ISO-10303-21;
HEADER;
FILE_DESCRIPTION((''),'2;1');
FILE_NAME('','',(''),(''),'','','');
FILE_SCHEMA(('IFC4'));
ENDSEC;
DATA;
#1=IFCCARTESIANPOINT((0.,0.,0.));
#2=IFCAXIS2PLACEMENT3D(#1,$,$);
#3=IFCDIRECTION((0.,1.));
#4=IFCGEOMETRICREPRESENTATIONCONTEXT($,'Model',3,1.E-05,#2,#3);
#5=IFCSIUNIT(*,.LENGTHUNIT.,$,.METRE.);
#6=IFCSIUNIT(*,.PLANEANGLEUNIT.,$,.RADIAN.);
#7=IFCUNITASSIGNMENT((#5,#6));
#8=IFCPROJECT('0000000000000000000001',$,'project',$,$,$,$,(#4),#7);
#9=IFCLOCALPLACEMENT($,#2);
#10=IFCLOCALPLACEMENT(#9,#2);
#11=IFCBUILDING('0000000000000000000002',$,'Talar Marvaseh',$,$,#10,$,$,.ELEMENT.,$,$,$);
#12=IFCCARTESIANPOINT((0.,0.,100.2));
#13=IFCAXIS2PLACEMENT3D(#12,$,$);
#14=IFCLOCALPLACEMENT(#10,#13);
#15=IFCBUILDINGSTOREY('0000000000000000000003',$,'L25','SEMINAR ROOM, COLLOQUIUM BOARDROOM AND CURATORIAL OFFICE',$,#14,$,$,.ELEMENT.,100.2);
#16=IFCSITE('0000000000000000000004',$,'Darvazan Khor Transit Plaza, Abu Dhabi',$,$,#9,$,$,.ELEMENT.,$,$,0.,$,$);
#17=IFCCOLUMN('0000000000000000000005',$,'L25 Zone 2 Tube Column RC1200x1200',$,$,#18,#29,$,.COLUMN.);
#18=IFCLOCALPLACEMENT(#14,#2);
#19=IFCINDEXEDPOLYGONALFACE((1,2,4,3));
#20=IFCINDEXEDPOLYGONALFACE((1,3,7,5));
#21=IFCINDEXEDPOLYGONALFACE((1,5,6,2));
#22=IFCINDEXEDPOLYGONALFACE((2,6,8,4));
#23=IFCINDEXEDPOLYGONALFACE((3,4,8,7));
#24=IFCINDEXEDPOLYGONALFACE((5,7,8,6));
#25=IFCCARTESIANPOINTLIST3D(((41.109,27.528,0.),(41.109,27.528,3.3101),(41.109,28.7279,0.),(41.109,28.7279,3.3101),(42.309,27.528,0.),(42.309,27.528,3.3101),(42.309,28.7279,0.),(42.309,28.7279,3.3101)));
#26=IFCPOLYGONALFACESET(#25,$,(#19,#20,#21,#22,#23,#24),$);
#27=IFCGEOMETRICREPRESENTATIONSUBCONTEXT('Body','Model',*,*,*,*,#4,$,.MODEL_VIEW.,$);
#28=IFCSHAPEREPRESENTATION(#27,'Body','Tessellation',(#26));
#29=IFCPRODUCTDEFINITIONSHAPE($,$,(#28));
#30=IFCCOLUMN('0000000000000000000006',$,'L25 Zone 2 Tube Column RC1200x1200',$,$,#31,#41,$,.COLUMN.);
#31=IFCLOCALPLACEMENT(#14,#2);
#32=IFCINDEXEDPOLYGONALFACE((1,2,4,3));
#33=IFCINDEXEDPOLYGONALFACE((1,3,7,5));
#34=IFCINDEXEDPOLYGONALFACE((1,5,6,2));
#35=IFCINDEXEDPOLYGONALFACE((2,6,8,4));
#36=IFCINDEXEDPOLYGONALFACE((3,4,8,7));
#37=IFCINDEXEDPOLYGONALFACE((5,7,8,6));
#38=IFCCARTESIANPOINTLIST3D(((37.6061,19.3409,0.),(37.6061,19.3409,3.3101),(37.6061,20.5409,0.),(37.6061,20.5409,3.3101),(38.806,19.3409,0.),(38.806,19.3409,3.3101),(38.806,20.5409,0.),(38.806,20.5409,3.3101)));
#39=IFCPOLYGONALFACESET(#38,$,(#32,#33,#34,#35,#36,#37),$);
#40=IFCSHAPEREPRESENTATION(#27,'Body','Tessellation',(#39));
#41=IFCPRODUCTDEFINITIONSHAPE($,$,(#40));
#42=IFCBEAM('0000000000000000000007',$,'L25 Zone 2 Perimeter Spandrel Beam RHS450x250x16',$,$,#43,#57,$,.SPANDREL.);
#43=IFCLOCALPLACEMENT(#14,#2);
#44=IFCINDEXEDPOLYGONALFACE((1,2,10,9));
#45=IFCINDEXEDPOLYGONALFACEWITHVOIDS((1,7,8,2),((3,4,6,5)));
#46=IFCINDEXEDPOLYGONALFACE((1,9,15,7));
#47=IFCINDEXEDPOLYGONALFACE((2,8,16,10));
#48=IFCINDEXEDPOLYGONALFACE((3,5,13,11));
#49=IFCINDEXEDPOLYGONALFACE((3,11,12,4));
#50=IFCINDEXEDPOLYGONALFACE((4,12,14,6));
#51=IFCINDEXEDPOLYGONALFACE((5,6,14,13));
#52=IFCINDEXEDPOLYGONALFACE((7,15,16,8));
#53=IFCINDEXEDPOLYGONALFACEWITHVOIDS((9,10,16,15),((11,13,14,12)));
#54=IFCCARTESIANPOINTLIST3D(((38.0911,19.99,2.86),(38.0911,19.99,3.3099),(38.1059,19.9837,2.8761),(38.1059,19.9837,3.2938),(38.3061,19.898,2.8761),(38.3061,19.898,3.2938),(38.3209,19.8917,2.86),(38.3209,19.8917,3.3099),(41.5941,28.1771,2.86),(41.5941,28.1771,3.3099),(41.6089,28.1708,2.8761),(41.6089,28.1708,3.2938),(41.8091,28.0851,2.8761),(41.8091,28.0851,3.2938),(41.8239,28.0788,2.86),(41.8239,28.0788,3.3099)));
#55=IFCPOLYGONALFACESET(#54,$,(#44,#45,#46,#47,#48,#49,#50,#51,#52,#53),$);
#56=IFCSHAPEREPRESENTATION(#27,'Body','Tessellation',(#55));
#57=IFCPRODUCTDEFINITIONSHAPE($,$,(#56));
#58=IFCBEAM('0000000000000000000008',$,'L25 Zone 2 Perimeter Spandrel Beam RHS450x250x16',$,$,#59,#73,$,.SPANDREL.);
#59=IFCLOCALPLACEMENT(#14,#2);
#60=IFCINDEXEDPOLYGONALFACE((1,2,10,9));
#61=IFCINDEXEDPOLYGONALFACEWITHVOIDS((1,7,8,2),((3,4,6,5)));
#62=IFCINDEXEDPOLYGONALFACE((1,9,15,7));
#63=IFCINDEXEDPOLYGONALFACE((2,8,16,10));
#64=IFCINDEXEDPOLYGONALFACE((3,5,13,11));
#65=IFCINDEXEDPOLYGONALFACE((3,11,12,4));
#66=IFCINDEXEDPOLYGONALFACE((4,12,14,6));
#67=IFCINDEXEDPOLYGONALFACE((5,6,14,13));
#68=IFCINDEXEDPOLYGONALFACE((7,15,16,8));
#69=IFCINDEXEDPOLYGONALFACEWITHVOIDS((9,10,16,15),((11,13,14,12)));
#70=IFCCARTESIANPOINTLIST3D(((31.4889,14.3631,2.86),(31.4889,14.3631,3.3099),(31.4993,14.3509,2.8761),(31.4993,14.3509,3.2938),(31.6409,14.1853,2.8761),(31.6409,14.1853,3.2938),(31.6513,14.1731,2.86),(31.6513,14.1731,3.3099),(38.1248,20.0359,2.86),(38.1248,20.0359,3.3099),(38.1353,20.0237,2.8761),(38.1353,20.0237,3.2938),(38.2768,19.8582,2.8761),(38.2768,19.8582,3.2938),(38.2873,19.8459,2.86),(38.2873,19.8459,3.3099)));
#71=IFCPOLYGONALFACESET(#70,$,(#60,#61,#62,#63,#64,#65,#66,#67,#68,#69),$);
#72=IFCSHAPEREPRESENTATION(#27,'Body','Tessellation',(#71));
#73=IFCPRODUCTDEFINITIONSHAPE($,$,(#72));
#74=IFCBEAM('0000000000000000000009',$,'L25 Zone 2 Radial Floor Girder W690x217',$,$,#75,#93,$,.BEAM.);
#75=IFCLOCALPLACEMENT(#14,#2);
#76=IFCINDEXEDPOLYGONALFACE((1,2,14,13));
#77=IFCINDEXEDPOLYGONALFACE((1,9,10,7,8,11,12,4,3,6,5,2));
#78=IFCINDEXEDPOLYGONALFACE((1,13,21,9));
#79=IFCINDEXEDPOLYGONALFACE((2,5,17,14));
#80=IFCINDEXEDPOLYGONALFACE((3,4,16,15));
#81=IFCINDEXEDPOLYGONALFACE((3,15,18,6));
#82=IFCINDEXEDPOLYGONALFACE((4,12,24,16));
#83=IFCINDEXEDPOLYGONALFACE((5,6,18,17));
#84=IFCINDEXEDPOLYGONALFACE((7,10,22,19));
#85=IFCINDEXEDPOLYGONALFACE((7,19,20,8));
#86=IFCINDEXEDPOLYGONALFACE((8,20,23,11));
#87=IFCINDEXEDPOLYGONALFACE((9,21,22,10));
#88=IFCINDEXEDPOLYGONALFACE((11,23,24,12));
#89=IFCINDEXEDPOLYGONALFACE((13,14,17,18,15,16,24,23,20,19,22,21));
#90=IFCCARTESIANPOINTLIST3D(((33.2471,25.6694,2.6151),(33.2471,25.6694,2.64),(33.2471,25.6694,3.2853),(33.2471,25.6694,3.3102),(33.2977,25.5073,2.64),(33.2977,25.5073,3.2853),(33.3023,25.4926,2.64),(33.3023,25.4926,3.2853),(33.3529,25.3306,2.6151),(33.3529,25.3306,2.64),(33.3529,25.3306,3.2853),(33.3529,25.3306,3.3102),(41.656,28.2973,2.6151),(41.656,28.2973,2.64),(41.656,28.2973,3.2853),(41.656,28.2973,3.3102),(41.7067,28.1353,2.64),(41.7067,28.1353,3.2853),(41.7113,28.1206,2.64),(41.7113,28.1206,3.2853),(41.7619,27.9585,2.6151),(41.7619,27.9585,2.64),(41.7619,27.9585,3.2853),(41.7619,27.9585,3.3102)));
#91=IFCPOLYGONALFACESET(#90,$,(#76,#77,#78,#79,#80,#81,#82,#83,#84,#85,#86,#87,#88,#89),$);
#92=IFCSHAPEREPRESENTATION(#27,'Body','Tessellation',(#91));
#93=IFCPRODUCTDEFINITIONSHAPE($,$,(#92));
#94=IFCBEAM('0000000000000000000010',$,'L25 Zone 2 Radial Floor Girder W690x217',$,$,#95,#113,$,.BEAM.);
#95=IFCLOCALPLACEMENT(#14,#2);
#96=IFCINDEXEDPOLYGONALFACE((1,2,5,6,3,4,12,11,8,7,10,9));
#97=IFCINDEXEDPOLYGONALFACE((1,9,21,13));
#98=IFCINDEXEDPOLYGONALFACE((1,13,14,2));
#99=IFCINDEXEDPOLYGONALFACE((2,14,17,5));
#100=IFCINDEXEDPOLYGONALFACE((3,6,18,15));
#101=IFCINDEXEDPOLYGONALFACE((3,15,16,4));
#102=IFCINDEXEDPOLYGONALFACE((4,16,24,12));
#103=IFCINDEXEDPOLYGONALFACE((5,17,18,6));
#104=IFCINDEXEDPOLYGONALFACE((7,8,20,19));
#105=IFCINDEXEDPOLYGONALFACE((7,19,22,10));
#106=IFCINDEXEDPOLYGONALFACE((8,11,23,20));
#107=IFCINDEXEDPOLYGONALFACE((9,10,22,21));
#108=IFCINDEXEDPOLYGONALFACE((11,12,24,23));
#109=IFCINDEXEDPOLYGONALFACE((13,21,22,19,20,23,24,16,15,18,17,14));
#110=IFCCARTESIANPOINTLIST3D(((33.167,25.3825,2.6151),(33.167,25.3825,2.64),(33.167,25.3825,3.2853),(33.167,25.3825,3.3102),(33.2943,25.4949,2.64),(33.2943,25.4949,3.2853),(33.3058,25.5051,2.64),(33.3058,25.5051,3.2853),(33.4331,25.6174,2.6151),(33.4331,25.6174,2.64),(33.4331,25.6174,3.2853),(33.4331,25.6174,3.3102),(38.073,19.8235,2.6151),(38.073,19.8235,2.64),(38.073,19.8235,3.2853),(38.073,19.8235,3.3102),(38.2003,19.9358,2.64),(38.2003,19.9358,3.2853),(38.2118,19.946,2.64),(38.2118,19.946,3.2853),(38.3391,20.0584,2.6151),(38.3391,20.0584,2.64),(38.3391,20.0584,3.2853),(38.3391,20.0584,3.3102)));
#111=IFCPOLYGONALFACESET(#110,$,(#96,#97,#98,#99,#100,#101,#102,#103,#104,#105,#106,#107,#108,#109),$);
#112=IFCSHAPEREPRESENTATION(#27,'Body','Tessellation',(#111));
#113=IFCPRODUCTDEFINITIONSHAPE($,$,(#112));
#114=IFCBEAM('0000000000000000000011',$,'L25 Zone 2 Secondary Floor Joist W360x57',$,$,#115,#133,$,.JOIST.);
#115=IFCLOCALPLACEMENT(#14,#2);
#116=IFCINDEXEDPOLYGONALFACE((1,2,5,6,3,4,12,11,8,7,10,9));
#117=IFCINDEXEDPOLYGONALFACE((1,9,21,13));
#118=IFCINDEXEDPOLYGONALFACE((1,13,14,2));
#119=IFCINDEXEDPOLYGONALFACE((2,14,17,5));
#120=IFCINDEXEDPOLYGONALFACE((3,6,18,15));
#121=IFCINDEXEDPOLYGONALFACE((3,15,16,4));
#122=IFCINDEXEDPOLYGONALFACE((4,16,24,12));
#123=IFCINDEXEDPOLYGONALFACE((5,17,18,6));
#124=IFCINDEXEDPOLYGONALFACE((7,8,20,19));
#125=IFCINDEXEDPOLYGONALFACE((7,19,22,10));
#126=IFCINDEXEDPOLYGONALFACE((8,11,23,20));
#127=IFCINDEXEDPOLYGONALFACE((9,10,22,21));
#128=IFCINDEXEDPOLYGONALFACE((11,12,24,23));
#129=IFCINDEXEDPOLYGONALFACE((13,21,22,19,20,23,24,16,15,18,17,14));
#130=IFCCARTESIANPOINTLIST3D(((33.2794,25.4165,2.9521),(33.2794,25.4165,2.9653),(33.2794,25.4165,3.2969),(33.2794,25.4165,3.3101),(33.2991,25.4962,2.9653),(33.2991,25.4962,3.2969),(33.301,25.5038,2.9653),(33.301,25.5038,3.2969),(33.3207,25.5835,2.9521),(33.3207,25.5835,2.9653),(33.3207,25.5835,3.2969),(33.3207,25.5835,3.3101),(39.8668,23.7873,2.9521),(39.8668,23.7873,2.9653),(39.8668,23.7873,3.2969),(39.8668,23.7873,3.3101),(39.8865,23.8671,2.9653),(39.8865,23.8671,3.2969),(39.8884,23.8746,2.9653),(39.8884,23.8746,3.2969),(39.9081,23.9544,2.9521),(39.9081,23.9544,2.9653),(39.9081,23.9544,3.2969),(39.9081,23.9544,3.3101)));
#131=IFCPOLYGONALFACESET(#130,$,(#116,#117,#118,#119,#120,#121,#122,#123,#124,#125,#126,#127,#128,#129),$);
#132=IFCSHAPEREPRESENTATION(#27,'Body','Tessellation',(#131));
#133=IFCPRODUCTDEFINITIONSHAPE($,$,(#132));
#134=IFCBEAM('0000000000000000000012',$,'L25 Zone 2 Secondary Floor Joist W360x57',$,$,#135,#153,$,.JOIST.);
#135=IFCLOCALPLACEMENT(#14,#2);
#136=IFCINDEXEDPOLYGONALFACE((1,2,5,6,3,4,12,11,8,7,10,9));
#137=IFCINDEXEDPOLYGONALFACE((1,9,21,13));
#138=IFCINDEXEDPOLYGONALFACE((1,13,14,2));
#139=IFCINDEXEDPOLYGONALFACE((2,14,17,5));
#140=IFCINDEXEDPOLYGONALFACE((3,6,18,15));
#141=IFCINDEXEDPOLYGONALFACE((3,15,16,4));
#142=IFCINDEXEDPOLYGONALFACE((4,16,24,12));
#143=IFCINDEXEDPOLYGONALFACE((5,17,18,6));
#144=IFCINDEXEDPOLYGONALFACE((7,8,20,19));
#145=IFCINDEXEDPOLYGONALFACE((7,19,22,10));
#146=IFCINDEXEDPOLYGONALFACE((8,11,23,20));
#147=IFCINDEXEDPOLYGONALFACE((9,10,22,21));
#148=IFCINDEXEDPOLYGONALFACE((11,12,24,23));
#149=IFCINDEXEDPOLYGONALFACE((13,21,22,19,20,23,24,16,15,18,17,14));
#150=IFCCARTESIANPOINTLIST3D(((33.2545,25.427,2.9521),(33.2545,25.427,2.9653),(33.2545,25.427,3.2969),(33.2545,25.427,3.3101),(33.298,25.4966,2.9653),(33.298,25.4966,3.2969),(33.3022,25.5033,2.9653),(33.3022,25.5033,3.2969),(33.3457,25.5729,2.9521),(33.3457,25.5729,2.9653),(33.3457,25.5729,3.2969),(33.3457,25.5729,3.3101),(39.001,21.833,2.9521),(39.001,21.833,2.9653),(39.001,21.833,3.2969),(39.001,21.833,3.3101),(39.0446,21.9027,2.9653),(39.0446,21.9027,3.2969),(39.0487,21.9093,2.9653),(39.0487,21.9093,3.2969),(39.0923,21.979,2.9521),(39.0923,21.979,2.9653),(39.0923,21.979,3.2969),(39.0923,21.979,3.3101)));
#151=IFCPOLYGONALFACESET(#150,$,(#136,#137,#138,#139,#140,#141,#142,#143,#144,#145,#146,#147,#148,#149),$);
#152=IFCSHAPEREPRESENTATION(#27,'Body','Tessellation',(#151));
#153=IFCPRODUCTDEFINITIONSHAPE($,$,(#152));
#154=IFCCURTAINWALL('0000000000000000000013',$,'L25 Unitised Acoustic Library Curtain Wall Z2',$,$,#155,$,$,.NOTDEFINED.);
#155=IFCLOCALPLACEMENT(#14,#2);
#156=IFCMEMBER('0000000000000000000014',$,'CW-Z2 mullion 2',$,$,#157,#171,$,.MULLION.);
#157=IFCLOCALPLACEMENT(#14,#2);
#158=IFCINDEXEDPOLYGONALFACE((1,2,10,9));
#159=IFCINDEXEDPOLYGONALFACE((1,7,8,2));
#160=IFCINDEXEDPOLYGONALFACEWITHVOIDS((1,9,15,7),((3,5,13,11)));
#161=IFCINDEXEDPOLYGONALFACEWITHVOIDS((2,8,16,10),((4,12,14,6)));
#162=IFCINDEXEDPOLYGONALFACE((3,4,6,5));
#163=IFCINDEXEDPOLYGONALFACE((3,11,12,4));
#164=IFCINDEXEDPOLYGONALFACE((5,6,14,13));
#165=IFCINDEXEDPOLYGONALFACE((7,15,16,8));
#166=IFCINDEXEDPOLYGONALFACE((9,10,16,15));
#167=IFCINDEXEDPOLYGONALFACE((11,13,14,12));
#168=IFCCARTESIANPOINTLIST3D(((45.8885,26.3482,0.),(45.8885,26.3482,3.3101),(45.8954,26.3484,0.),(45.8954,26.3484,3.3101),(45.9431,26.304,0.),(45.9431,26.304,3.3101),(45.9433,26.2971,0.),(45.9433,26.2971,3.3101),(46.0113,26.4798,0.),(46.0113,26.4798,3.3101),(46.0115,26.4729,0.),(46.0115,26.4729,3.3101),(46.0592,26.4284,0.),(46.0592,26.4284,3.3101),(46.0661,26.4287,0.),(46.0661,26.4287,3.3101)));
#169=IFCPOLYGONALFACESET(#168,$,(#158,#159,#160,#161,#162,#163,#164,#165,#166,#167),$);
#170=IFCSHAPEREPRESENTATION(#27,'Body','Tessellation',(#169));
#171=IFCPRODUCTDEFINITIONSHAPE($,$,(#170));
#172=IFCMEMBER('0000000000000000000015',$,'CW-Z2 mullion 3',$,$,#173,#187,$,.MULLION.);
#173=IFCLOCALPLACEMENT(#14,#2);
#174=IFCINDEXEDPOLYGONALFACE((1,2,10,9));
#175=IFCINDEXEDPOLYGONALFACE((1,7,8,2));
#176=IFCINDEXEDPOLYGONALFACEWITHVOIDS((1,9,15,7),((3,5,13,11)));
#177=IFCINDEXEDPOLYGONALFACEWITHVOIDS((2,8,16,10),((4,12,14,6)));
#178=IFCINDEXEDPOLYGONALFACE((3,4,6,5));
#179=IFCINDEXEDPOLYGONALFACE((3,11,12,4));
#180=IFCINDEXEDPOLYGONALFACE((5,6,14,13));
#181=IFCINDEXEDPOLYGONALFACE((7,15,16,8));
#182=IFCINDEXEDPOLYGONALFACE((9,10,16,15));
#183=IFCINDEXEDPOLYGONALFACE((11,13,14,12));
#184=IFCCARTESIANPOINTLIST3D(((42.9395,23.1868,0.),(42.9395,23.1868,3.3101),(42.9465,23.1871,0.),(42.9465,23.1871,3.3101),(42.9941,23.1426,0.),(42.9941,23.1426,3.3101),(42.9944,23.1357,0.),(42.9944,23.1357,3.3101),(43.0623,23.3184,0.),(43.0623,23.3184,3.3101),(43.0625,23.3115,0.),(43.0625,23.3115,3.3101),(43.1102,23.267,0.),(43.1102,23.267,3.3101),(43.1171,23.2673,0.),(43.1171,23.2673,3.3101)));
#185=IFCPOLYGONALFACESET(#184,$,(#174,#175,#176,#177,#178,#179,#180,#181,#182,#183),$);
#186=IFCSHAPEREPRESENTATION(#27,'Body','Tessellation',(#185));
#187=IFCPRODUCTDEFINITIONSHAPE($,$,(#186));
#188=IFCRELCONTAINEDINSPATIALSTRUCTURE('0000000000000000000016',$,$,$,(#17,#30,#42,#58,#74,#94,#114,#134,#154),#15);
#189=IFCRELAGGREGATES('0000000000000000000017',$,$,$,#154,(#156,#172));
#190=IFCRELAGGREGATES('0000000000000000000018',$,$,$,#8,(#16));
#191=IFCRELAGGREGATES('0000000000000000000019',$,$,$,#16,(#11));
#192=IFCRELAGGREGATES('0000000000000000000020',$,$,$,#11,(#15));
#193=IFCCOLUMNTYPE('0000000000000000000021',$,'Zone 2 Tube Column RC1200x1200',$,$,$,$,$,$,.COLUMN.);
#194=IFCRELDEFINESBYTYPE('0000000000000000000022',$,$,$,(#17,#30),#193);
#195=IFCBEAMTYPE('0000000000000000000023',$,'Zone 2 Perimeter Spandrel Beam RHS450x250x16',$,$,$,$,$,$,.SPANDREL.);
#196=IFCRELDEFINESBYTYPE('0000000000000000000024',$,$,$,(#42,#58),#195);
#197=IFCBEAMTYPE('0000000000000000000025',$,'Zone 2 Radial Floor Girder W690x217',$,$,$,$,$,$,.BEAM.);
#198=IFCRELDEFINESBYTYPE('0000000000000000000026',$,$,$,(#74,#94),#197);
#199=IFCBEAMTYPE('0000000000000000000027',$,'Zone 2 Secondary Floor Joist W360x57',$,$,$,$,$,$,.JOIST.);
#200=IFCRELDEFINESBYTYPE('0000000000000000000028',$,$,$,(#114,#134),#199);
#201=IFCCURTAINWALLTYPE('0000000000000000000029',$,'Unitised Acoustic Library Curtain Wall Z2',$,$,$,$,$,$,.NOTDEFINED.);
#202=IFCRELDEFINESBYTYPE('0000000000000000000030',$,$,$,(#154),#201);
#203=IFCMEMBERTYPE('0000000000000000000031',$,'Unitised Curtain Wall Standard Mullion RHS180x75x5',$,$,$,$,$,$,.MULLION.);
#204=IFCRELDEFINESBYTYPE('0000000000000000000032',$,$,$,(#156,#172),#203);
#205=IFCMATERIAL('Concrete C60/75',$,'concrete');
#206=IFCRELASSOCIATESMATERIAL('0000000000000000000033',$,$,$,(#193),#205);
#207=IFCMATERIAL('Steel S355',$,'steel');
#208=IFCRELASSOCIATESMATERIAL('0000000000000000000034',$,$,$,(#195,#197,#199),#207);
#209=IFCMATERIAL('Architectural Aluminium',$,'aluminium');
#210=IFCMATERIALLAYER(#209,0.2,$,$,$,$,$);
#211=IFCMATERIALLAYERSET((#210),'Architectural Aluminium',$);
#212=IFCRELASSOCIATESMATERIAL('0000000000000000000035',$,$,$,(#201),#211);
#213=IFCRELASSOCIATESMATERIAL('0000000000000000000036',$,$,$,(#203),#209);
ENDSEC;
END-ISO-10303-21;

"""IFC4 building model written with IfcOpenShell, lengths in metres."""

from ifc_helpers import new_model, si_unit, direction, frame, origin, origin_2d, place, context, subcontext, project, spatial, rectangle, hollow_rectangle, i_section, extrude, source, transform, mapped, material, layer, layer_set, material_profile, profile_set, type_object, type_shapes, element, aggregate, save


model = new_model("IFC4")

# Units and contexts
model_context = context("Model", 3, precision=1e-05, world=origin(), true_north=direction((0.0, 1.0)))
body_context = subcontext(model_context, "Body", "Model", "MODEL_VIEW")
ifc_project = project(units=[si_unit("LENGTHUNIT", "METRE"), si_unit("PLANEANGLEUNIT", "RADIAN")], contexts=[model_context])

# Site, building, storey
site_placement = place(None, origin())
site = spatial("IfcSite", under=ifc_project, at=site_placement, Name="Darvazan Khor Transit Plaza, Abu Dhabi", CompositionType="ELEMENT", RefElevation=0.0)
building_placement = place(site_placement, origin())
building = spatial("IfcBuilding", under=site, at=building_placement, Name="Talar Marvaseh", CompositionType="ELEMENT")
storey_placement = place(building_placement, frame((0.0, 0.0, 100.2)))
storey = spatial("IfcBuildingStorey", under=building, at=storey_placement, Name="L25", Description="SEMINAR ROOM, COLLOQUIUM BOARDROOM AND CURATORIAL OFFICE", CompositionType="ELEMENT", Elevation=100.2)

# Columns
ifc_material_1 = material(Name="Concrete C60/75", Category="concrete")
ifc_material_profile_1 = material_profile(ifc_material_1, rectangle(XDim=1.2, YDim=1.2, at=origin_2d()), Name="RC1200x1200")
ifc_profile_set_1 = profile_set([ifc_material_profile_1], Name="Concrete C60/75")
column_type = type_object("IfcColumnType", Name="Zone 2 Tube Column RC1200x1200", PredefinedType="COLUMN", material=ifc_profile_set_1)
for number, where, z_axis, x_axis, name in (
    (1, (41.709, 28.1279, 0.0), (0.0, 0.0, 1.0), (1.0, 0.0, 0.0), "L25 Zone 2 Tube Column RC1200x1200"),
    (2, (38.2061, 19.9409, 0.0), (0.0, 0.0, 1.0), (1.0, 0.0, 0.0), "L25 Zone 2 Tube Column RC1200x1200"),
):
    element("IfcColumn", number, at=place(storey_placement, frame(where, z_axis=z_axis, x_axis=x_axis)), inside=storey, type_object=column_type, Name=name, PredefinedType="COLUMN", context=body_context, shape_type="SweptSolid", body=[
        extrude(rectangle(XDim=1.2, YDim=1.2, at=origin_2d()), origin(), (0.0, 0.0, 1.0), 3.3101),
    ])

# Beams
ifc_material_2 = material(Name="Steel S355", Category="steel")
ifc_material_profile_2 = material_profile(ifc_material_2, hollow_rectangle(XDim=0.25, YDim=0.45, WallThickness=0.0161, at=origin_2d()), Name="RHS450x250x16")
ifc_profile_set_2 = profile_set([ifc_material_profile_2], Name="Steel S355")
beam_type_1 = type_object("IfcBeamType", Name="Zone 2 Perimeter Spandrel Beam RHS450x250x16", PredefinedType="SPANDREL", material=ifc_profile_set_2)
beam_1_placement = place(storey_placement, frame((41.709, 28.1279, 3.085), z_axis=(-0.39337, -0.91938, 0.0), x_axis=(0.91938, -0.39337, 0.0)))
element("IfcBeam", 3, at=beam_1_placement, inside=storey, type_object=beam_type_1, Name="L25 Zone 2 Perimeter Spandrel Beam RHS450x250x16", PredefinedType="SPANDREL", context=body_context, shape_type="SweptSolid", body=[
    extrude(hollow_rectangle(XDim=0.25, YDim=0.45, WallThickness=0.0161, at=origin_2d()), origin(), (0.0, 0.0, 1.0), 8.905),
])
beam_2_placement = place(storey_placement, frame((38.2061, 19.9409, 3.085), z_axis=(-0.760113, -0.649791, 0.0), x_axis=(0.649791, -0.760113, 0.0)))
element("IfcBeam", 4, at=beam_2_placement, inside=storey, type_object=beam_type_1, Name="L25 Zone 2 Perimeter Spandrel Beam RHS450x250x16", PredefinedType="SPANDREL", context=body_context, shape_type="SweptSolid", body=[
    extrude(hollow_rectangle(XDim=0.25, YDim=0.45, WallThickness=0.0161, at=origin_2d()), origin(), (0.0, 0.0, 1.0), 8.7302),
])
ifc_material_profile_3 = material_profile(ifc_material_2, i_section(OverallWidth=0.355, OverallDepth=0.6951, WebThickness=0.0154, FlangeThickness=0.0249, at=origin_2d()), Name="W690x217")
ifc_profile_set_3 = profile_set([ifc_material_profile_3], Name="Steel S355")
beam_type_2 = type_object("IfcBeamType", Name="Zone 2 Radial Floor Girder W690x217", PredefinedType="BEAM", material=ifc_profile_set_3)
beam_3_placement = place(storey_placement, frame((41.709, 28.1279, 2.9626), z_axis=(-0.954476, -0.298289, 0.0), x_axis=(0.298289, -0.954476, 0.0)))
element("IfcBeam", 5, at=beam_3_placement, inside=storey, type_object=beam_type_2, Name="L25 Zone 2 Radial Floor Girder W690x217", PredefinedType="BEAM", context=body_context, shape_type="SweptSolid", body=[
    extrude(i_section(OverallWidth=0.355, OverallDepth=0.6951, WebThickness=0.0154, FlangeThickness=0.0249, at=origin_2d()), origin(), (0.0, 0.0, 1.0), 8.8101),
])
beam_4_placement = place(storey_placement, frame((38.2061, 19.9409, 2.9626), z_axis=(-0.661692, 0.749775, 0.0), x_axis=(-0.749775, -0.661692, 0.0)))
element("IfcBeam", 6, at=beam_4_placement, inside=storey, type_object=beam_type_2, Name="L25 Zone 2 Radial Floor Girder W690x217", PredefinedType="BEAM", context=body_context, shape_type="SweptSolid", body=[
    extrude(i_section(OverallWidth=0.355, OverallDepth=0.6951, WebThickness=0.0154, FlangeThickness=0.0249, at=origin_2d()), origin(), (0.0, 0.0, 1.0), 7.4143),
])
ifc_material_profile_4 = material_profile(ifc_material_2, i_section(OverallWidth=0.1721, OverallDepth=0.3579, WebThickness=0.0078, FlangeThickness=0.0132, at=origin_2d()), Name="W360x57")
ifc_profile_set_4 = profile_set([ifc_material_profile_4], Name="Steel S355")
beam_type_3 = type_object("IfcBeamType", Name="Zone 2 Secondary Floor Joist W360x57", PredefinedType="JOIST", material=ifc_profile_set_4)
beam_5_placement = place(storey_placement, frame((39.8875, 23.8708, 3.1311), z_axis=(-0.970753, 0.24008, 0.0), x_axis=(-0.24008, -0.970753, 0.0)))
element("IfcBeam", 7, at=beam_5_placement, inside=storey, type_object=beam_type_3, Name="L25 Zone 2 Secondary Floor Joist W360x57", PredefinedType="JOIST", context=body_context, shape_type="SweptSolid", body=[
    extrude(i_section(OverallWidth=0.1721, OverallDepth=0.3579, WebThickness=0.0078, FlangeThickness=0.0132, at=origin_2d()), origin(), (0.0, 0.0, 1.0), 6.7859),
])
beam_6_placement = place(storey_placement, frame((39.0466, 21.906, 3.1311), z_axis=(-0.84784, 0.530251, 0.0), x_axis=(-0.530251, -0.84784, 0.0)))
element("IfcBeam", 8, at=beam_6_placement, inside=storey, type_object=beam_type_3, Name="L25 Zone 2 Secondary Floor Joist W360x57", PredefinedType="JOIST", context=body_context, shape_type="SweptSolid", body=[
    extrude(i_section(OverallWidth=0.1721, OverallDepth=0.3579, WebThickness=0.0078, FlangeThickness=0.0132, at=origin_2d()), origin(), (0.0, 0.0, 1.0), 6.7778),
])

# Curtain wall, members
ifc_material_3 = material(Name="Architectural Aluminium", Category="aluminium")
ifc_layer_1 = layer(ifc_material_3, 0.2)
ifc_layer_set_1 = layer_set([ifc_layer_1], Name="Architectural Aluminium")
curtain_wall_type = type_object("IfcCurtainWallType", Name="Unitised Acoustic Library Curtain Wall Z2", PredefinedType="NOTDEFINED", material=ifc_layer_set_1)
curtain_wall_placement = place(storey_placement, origin())
curtain_wall = element("IfcCurtainWall", 9, at=curtain_wall_placement, inside=storey, type_object=curtain_wall_type, Name="L25 Unitised Acoustic Library Curtain Wall Z2", PredefinedType="NOTDEFINED")
ifc_material_profile_5 = material_profile(ifc_material_3, hollow_rectangle(XDim=0.075, YDim=0.1799, WallThickness=0.0049, at=origin_2d()), Name="RHS180x75x5")
ifc_profile_set_5 = profile_set([ifc_material_profile_5], Name="Architectural Aluminium")
member_type_1 = type_object("IfcMemberType", Name="Unitised Curtain Wall Standard Mullion RHS180x75x5", PredefinedType="MULLION", material=ifc_profile_set_5)
shared_shape_1 = source(origin(), body_context, "Body", "SweptSolid", [
    extrude(hollow_rectangle(XDim=0.075, YDim=0.1799, WallThickness=0.0049, at=origin_2d()), origin(), (0.0, 0.0, 1.0), 3.3101),
])
type_shapes(member_type_1, [shared_shape_1])
member_1_placement = place(storey_placement, frame((45.9773, 26.3884, 0.0), z_axis=(0.0, 0.0, 1.0), x_axis=(0.73125, -0.68211, 0.0)))
member_1 = element("IfcMember", 10, at=member_1_placement, type_object=member_type_1, Name="CW-Z2 mullion 2", PredefinedType="MULLION", context=body_context, shape_type="MappedRepresentation", body=[
    mapped(shared_shape_1, transform((0.0, 0.0, 0.0), x_axis=(1.0, 0.0, 0.0), y_axis=(0.0, 1.0, 0.0), z_axis=(0.0, 0.0, 1.0), scale=1.0)),
])
member_2_placement = place(storey_placement, frame((43.0283, 23.2271, 0.0), z_axis=(0.0, 0.0, 1.0), x_axis=(0.73125, -0.68211, 0.0)))
member_2 = element("IfcMember", 11, at=member_2_placement, type_object=member_type_1, Name="CW-Z2 mullion 3", PredefinedType="MULLION", context=body_context, shape_type="MappedRepresentation", body=[
    mapped(shared_shape_1, transform((0.0, 0.0, 0.0), x_axis=(1.0, 0.0, 0.0), y_axis=(0.0, 1.0, 0.0), z_axis=(0.0, 0.0, 1.0), scale=1.0)),
])
aggregate(curtain_wall, [member_1, member_2])

save(model, "model.ifc")
